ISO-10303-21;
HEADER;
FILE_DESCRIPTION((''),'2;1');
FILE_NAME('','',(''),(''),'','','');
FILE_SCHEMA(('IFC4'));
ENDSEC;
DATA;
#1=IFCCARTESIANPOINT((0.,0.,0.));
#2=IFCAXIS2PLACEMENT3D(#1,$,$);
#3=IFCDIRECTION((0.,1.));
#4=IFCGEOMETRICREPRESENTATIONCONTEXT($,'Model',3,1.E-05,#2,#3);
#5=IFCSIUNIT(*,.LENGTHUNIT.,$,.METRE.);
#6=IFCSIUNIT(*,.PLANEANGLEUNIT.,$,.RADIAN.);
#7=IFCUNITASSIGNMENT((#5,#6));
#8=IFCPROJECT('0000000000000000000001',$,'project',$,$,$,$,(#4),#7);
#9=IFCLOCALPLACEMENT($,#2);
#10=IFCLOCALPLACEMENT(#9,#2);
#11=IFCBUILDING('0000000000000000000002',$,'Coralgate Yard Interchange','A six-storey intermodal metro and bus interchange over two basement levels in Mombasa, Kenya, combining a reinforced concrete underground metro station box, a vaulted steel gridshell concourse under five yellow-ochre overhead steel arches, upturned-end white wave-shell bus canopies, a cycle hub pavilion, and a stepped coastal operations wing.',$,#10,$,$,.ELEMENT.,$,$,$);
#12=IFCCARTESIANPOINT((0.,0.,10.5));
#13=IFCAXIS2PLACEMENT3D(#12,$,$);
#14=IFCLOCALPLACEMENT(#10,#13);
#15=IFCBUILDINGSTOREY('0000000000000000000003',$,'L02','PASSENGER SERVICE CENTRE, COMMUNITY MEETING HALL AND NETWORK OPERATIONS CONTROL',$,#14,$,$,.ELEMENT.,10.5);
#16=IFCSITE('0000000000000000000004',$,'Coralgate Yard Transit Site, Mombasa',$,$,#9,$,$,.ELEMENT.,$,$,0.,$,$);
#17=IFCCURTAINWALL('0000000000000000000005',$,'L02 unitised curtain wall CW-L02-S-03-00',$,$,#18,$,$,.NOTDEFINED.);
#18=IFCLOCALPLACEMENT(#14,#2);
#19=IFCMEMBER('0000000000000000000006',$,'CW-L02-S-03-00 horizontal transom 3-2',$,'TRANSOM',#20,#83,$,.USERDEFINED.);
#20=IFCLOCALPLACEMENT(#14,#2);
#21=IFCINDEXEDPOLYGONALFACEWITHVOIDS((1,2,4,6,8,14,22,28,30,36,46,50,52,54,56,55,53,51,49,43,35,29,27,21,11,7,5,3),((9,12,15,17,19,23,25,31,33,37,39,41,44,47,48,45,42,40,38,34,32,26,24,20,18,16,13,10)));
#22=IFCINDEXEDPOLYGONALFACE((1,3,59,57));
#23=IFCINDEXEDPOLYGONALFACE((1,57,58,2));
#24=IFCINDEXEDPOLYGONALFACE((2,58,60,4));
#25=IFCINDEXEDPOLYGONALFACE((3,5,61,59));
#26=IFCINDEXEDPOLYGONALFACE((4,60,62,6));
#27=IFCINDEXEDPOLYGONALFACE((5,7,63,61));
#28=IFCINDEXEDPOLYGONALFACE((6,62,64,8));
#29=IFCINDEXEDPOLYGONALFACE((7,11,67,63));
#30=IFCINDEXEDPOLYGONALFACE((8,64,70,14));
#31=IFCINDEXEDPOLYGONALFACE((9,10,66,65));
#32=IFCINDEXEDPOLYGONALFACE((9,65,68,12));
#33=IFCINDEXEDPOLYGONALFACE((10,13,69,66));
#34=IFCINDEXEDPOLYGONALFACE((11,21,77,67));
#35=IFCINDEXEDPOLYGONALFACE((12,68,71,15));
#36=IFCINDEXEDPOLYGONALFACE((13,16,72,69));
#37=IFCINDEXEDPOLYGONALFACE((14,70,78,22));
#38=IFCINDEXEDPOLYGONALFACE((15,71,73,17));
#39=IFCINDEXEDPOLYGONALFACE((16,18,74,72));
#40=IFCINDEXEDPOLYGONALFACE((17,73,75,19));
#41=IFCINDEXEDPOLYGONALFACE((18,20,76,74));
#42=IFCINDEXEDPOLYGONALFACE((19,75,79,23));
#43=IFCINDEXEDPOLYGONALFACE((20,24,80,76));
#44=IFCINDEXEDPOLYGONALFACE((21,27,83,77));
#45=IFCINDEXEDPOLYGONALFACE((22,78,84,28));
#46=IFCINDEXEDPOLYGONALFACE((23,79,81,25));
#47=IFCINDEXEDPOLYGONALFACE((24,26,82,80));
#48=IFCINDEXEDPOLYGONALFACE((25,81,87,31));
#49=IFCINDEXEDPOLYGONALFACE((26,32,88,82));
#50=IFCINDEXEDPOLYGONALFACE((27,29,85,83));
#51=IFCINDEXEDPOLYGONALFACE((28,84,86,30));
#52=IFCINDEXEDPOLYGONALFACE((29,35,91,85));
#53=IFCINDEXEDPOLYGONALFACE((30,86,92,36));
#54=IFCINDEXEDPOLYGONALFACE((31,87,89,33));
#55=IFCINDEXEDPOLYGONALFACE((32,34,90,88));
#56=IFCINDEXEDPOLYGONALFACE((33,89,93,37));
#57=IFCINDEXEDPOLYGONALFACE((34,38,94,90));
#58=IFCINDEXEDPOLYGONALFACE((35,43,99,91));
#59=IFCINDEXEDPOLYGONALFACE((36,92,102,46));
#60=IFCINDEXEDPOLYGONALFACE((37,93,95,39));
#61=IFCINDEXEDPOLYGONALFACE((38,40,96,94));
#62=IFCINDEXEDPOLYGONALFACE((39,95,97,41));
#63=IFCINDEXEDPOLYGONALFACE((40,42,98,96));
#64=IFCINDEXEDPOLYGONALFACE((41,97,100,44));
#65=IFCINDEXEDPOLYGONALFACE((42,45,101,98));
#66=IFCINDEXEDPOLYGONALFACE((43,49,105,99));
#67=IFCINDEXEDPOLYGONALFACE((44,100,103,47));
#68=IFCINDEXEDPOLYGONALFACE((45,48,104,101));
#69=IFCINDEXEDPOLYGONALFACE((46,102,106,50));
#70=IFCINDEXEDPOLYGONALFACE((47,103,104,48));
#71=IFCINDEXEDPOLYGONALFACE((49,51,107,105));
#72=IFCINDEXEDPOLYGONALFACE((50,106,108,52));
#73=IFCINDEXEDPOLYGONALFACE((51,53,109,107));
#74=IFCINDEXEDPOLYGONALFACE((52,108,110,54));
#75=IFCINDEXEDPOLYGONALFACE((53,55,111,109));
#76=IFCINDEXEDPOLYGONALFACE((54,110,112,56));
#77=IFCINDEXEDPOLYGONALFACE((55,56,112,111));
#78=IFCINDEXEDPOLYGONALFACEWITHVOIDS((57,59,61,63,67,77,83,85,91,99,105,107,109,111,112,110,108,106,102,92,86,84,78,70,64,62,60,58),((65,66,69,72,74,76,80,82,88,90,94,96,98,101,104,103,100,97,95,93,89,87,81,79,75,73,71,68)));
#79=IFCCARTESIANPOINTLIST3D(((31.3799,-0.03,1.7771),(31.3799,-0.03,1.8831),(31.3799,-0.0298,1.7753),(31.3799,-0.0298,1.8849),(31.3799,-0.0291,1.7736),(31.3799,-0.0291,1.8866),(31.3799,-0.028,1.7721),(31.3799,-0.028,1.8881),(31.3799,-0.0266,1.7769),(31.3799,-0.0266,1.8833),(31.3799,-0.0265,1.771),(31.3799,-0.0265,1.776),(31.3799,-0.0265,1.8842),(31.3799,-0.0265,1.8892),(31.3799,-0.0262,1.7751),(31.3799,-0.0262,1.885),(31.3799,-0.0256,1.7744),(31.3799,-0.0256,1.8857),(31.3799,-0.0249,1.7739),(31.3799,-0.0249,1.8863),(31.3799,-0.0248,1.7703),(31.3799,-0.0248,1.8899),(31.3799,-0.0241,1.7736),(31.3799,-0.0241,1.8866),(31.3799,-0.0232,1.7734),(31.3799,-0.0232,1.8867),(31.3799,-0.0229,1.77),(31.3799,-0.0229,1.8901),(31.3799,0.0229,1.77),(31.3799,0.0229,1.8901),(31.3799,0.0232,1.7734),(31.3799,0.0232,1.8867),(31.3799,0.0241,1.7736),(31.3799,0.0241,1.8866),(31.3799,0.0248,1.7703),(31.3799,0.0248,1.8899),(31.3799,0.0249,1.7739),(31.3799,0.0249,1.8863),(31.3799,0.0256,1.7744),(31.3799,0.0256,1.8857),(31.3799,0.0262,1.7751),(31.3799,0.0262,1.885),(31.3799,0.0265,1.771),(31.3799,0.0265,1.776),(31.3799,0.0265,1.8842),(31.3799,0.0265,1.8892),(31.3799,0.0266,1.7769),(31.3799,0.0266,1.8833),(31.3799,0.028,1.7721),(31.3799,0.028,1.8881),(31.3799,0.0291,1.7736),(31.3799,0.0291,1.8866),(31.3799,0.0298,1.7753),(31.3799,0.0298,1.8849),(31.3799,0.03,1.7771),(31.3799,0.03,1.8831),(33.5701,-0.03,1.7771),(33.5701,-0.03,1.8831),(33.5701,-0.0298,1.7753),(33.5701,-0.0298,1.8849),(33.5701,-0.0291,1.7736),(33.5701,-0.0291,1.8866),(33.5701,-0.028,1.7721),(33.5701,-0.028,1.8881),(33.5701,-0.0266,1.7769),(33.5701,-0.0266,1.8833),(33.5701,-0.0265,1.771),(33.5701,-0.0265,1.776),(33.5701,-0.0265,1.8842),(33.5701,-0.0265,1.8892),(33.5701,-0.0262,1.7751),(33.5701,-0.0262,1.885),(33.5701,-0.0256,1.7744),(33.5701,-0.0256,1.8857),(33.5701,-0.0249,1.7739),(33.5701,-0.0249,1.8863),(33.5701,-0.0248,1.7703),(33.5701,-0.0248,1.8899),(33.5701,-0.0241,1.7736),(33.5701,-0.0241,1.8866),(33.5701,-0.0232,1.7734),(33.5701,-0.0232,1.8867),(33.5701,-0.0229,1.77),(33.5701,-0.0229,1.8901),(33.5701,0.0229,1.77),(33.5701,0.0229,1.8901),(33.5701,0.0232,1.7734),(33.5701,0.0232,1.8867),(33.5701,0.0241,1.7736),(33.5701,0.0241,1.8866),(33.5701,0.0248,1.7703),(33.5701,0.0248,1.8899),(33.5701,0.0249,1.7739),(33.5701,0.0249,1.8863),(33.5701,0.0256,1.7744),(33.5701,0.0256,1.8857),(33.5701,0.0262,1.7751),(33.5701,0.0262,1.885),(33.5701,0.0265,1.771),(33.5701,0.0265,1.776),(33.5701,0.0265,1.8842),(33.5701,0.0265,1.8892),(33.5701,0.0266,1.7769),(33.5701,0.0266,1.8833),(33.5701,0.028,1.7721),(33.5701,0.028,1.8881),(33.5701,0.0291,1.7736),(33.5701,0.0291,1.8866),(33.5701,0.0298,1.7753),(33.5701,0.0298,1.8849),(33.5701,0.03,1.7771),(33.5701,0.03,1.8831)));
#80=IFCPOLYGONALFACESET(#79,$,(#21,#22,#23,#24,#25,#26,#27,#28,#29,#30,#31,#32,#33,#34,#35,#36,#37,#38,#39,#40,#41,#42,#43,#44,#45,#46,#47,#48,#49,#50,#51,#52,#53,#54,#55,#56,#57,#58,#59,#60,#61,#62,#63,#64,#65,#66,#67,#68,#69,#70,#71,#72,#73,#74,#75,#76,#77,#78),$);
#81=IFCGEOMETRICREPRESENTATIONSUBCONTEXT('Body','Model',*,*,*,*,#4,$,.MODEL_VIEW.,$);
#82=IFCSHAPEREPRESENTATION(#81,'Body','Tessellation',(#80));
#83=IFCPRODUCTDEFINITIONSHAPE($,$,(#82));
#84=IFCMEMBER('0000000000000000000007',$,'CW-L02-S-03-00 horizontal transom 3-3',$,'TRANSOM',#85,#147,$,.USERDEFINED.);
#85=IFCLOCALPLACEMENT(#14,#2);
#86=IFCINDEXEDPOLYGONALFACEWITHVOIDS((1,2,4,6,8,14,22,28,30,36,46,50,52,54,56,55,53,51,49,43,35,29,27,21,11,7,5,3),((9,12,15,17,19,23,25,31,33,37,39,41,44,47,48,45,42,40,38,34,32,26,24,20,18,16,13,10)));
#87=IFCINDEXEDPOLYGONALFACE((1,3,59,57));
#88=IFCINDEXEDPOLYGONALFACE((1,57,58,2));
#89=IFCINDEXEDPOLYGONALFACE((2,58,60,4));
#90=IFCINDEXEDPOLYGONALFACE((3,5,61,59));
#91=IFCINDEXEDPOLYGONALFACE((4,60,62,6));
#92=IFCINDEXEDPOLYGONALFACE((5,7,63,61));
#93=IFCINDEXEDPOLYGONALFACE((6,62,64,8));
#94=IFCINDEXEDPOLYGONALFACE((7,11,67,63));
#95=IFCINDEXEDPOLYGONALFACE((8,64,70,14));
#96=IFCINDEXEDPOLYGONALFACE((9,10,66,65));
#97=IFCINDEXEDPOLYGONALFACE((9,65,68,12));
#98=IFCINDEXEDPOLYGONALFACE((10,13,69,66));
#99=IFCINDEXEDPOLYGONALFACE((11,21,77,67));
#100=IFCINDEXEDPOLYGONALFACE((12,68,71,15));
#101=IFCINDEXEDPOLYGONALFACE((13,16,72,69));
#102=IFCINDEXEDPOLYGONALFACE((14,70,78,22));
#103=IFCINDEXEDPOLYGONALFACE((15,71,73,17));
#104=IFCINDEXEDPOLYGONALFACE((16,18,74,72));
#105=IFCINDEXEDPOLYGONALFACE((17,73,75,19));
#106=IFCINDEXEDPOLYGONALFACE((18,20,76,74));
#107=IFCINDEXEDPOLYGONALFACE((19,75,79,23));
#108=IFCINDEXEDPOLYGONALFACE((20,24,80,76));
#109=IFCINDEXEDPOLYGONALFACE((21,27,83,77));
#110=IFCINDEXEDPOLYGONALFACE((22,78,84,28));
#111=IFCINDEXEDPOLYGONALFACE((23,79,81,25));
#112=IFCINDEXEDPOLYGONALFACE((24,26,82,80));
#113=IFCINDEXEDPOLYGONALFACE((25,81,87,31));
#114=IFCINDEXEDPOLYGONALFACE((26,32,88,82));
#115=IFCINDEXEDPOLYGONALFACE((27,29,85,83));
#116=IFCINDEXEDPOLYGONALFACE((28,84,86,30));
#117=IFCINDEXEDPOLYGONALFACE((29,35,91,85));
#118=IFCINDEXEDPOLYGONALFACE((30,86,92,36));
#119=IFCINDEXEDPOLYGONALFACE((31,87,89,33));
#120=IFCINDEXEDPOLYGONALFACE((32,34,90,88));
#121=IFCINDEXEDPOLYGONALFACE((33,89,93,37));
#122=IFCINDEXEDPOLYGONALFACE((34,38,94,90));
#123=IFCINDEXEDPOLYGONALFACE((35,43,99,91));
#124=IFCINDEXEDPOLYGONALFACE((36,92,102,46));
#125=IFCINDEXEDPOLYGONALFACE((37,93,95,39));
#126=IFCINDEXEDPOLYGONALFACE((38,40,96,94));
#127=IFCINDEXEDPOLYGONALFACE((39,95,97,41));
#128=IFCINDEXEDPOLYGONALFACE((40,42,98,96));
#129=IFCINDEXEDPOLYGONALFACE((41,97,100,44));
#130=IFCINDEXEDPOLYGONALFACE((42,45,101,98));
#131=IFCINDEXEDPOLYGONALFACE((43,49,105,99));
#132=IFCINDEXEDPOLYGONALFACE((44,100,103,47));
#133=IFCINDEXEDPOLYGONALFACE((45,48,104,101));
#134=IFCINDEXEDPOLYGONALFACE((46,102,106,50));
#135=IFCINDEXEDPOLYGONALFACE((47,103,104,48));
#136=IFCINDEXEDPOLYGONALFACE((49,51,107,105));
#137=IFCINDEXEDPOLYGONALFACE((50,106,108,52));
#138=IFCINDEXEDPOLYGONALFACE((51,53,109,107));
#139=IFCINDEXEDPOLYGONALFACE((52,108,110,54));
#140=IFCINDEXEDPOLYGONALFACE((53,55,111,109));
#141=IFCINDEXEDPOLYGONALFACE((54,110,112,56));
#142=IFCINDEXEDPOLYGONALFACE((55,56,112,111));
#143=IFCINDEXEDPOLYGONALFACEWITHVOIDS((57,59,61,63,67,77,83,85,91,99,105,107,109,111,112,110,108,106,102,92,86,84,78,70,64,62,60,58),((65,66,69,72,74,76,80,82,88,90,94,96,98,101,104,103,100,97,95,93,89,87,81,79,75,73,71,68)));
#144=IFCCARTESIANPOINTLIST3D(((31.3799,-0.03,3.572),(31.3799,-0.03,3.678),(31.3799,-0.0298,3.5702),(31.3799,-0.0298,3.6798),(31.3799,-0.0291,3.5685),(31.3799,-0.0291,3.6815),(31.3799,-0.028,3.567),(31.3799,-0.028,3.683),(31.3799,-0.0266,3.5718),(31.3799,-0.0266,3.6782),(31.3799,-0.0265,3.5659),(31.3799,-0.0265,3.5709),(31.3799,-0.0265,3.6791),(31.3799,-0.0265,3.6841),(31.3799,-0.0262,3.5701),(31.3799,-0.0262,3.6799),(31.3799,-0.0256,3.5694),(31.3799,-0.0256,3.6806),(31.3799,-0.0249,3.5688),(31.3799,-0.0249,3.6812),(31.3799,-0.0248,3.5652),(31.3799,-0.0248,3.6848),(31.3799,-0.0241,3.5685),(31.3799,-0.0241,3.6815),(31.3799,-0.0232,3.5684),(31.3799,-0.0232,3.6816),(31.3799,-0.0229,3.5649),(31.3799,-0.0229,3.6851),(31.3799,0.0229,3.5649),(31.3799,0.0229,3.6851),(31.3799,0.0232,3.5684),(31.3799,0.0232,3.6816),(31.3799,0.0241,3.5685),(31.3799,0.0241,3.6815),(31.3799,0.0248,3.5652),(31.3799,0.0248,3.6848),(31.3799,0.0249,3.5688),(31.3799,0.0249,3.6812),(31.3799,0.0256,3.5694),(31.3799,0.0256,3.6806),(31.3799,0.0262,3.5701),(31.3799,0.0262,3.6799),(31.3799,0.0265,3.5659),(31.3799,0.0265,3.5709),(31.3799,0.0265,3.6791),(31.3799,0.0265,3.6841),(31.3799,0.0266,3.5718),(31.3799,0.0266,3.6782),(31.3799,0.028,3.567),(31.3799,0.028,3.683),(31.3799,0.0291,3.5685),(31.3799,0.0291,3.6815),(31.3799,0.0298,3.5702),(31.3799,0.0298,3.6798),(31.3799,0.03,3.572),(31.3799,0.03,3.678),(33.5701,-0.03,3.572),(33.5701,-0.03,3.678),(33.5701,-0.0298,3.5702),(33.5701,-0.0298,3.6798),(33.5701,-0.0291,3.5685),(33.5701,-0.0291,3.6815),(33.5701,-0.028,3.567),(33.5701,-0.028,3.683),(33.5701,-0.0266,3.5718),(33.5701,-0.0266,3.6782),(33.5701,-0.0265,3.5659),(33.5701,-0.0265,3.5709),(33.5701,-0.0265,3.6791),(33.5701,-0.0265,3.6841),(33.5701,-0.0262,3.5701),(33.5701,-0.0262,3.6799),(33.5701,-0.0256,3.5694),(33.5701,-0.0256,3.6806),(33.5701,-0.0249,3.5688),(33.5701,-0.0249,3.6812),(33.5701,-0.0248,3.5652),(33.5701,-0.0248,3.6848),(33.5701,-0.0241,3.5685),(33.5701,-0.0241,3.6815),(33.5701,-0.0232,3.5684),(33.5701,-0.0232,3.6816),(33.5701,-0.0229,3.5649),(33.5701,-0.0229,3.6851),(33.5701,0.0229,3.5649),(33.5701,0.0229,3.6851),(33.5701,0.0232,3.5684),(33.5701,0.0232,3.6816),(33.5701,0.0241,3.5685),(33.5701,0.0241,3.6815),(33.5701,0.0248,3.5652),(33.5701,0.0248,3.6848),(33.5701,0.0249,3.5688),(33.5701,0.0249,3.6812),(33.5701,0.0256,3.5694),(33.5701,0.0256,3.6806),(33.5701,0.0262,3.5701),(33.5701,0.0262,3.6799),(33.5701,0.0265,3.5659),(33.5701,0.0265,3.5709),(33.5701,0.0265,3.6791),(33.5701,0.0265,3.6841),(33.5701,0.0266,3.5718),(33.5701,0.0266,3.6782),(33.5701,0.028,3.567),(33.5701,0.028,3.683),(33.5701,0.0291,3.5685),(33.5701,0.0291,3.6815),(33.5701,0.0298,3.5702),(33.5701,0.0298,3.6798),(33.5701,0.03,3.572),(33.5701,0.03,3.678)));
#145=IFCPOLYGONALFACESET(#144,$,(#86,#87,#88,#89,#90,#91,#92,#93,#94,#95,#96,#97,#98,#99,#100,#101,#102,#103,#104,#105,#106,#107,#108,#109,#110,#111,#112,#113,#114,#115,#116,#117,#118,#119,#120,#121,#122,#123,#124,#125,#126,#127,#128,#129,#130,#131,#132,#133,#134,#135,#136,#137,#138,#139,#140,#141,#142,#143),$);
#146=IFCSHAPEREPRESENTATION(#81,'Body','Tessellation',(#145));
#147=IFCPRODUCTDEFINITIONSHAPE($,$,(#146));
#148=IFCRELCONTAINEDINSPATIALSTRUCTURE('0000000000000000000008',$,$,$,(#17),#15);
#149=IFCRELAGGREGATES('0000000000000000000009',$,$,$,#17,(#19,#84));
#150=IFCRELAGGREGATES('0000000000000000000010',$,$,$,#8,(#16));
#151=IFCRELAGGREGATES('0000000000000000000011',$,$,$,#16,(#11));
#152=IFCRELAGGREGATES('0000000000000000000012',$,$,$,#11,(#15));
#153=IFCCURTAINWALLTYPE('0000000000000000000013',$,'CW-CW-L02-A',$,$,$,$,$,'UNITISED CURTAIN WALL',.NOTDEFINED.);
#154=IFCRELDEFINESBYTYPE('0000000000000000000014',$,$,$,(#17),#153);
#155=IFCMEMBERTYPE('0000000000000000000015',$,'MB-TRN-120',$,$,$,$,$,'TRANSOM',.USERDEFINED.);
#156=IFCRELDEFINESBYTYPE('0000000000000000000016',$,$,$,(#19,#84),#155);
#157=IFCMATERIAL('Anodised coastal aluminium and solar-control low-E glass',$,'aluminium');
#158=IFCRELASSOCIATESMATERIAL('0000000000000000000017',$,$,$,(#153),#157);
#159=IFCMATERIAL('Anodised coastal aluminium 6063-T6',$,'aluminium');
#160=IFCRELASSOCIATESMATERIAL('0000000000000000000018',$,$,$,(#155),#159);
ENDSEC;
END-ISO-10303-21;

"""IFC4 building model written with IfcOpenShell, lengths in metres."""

from ifc_helpers import new_model, si_unit, direction, frame, origin, origin_2d, place, context, subcontext, project, spatial, hollow_rectangle, extrude, material, material_profile, profile_set, type_object, element, aggregate, save


model = new_model("IFC4")

# Units and contexts
model_context = context("Model", 3, precision=1e-05, world=origin(), true_north=direction((0.0, 1.0)))
body_context = subcontext(model_context, "Body", "Model", "MODEL_VIEW")
ifc_project = project(units=[si_unit("LENGTHUNIT", "METRE"), si_unit("PLANEANGLEUNIT", "RADIAN")], contexts=[model_context])

# Site, building, storey
site_placement = place(None, origin())
site = spatial("IfcSite", under=ifc_project, at=site_placement, Name="Coralgate Yard Transit Site, Mombasa", CompositionType="ELEMENT", RefElevation=0.0)
building_placement = place(site_placement, origin())
building = spatial("IfcBuilding", under=site, at=building_placement, Name="Coralgate Yard Interchange", Description="A six-storey intermodal metro and bus interchange over two basement levels in Mombasa, Kenya, combining a reinforced concrete underground metro station box, a vaulted steel gridshell concourse under five yellow-ochre overhead steel arches, upturned-end white wave-shell bus canopies, a cycle hub pavilion, and a stepped coastal operations wing.", CompositionType="ELEMENT")
storey_placement = place(building_placement, frame((0.0, 0.0, 10.5)))
storey = spatial("IfcBuildingStorey", under=building, at=storey_placement, Name="L02", Description="PASSENGER SERVICE CENTRE, COMMUNITY MEETING HALL AND NETWORK OPERATIONS CONTROL", CompositionType="ELEMENT", Elevation=10.5)

# Curtain wall, members
ifc_material_1 = material(Name="Anodised coastal aluminium and solar-control low-E glass", Category="aluminium")
curtain_wall_type = type_object("IfcCurtainWallType", Name="CW-CW-L02-A", ElementType="UNITISED CURTAIN WALL", PredefinedType="NOTDEFINED", material=ifc_material_1)
curtain_wall_placement = place(storey_placement, origin())
curtain_wall = element("IfcCurtainWall", 1, at=curtain_wall_placement, inside=storey, type_object=curtain_wall_type, Name="L02 unitised curtain wall CW-L02-S-03-00", PredefinedType="NOTDEFINED")
ifc_material_2 = material(Name="Anodised coastal aluminium 6063-T6", Category="aluminium")
ifc_material_profile_1 = material_profile(ifc_material_2, hollow_rectangle(XDim=0.0601, YDim=0.1201, WallThickness=0.0034, InnerFilletRadius=0.0034, OuterFilletRadius=0.0071, at=origin_2d()), Name="ALU 60x120x3.5")
ifc_profile_set_1 = profile_set([ifc_material_profile_1], Name="Anodised coastal aluminium 6063-T6")
member_type_1 = type_object("IfcMemberType", Name="MB-TRN-120", ElementType="TRANSOM", PredefinedType="USERDEFINED", material=ifc_profile_set_1)
member_1_placement = place(storey_placement, frame((33.5701, 0.0, 1.8301), z_axis=(-1.0, 0.0, 0.0), x_axis=(0.0, -1.0, 0.0)))
member_1 = element("IfcMember", 2, at=member_1_placement, type_object=member_type_1, Name="CW-L02-S-03-00 horizontal transom 3-2", ObjectType="TRANSOM", PredefinedType="USERDEFINED", context=body_context, shape_type="SweptSolid", body=[
    extrude(hollow_rectangle(XDim=0.0601, YDim=0.1201, WallThickness=0.0034, InnerFilletRadius=0.0034, OuterFilletRadius=0.0071, at=origin_2d()), origin(), (0.0, 0.0, 1.0), 2.1902),
])
member_2_placement = place(storey_placement, frame((33.5701, 0.0, 3.625), z_axis=(-1.0, 0.0, 0.0), x_axis=(0.0, -1.0, 0.0)))
member_2 = element("IfcMember", 3, at=member_2_placement, type_object=member_type_1, Name="CW-L02-S-03-00 horizontal transom 3-3", ObjectType="TRANSOM", PredefinedType="USERDEFINED", context=body_context, shape_type="SweptSolid", body=[
    extrude(hollow_rectangle(XDim=0.0601, YDim=0.1201, WallThickness=0.0034, InnerFilletRadius=0.0034, OuterFilletRadius=0.0071, at=origin_2d()), origin(), (0.0, 0.0, 1.0), 2.1902),
])
aggregate(curtain_wall, [member_1, member_2])

save(model, "model.ifc")
